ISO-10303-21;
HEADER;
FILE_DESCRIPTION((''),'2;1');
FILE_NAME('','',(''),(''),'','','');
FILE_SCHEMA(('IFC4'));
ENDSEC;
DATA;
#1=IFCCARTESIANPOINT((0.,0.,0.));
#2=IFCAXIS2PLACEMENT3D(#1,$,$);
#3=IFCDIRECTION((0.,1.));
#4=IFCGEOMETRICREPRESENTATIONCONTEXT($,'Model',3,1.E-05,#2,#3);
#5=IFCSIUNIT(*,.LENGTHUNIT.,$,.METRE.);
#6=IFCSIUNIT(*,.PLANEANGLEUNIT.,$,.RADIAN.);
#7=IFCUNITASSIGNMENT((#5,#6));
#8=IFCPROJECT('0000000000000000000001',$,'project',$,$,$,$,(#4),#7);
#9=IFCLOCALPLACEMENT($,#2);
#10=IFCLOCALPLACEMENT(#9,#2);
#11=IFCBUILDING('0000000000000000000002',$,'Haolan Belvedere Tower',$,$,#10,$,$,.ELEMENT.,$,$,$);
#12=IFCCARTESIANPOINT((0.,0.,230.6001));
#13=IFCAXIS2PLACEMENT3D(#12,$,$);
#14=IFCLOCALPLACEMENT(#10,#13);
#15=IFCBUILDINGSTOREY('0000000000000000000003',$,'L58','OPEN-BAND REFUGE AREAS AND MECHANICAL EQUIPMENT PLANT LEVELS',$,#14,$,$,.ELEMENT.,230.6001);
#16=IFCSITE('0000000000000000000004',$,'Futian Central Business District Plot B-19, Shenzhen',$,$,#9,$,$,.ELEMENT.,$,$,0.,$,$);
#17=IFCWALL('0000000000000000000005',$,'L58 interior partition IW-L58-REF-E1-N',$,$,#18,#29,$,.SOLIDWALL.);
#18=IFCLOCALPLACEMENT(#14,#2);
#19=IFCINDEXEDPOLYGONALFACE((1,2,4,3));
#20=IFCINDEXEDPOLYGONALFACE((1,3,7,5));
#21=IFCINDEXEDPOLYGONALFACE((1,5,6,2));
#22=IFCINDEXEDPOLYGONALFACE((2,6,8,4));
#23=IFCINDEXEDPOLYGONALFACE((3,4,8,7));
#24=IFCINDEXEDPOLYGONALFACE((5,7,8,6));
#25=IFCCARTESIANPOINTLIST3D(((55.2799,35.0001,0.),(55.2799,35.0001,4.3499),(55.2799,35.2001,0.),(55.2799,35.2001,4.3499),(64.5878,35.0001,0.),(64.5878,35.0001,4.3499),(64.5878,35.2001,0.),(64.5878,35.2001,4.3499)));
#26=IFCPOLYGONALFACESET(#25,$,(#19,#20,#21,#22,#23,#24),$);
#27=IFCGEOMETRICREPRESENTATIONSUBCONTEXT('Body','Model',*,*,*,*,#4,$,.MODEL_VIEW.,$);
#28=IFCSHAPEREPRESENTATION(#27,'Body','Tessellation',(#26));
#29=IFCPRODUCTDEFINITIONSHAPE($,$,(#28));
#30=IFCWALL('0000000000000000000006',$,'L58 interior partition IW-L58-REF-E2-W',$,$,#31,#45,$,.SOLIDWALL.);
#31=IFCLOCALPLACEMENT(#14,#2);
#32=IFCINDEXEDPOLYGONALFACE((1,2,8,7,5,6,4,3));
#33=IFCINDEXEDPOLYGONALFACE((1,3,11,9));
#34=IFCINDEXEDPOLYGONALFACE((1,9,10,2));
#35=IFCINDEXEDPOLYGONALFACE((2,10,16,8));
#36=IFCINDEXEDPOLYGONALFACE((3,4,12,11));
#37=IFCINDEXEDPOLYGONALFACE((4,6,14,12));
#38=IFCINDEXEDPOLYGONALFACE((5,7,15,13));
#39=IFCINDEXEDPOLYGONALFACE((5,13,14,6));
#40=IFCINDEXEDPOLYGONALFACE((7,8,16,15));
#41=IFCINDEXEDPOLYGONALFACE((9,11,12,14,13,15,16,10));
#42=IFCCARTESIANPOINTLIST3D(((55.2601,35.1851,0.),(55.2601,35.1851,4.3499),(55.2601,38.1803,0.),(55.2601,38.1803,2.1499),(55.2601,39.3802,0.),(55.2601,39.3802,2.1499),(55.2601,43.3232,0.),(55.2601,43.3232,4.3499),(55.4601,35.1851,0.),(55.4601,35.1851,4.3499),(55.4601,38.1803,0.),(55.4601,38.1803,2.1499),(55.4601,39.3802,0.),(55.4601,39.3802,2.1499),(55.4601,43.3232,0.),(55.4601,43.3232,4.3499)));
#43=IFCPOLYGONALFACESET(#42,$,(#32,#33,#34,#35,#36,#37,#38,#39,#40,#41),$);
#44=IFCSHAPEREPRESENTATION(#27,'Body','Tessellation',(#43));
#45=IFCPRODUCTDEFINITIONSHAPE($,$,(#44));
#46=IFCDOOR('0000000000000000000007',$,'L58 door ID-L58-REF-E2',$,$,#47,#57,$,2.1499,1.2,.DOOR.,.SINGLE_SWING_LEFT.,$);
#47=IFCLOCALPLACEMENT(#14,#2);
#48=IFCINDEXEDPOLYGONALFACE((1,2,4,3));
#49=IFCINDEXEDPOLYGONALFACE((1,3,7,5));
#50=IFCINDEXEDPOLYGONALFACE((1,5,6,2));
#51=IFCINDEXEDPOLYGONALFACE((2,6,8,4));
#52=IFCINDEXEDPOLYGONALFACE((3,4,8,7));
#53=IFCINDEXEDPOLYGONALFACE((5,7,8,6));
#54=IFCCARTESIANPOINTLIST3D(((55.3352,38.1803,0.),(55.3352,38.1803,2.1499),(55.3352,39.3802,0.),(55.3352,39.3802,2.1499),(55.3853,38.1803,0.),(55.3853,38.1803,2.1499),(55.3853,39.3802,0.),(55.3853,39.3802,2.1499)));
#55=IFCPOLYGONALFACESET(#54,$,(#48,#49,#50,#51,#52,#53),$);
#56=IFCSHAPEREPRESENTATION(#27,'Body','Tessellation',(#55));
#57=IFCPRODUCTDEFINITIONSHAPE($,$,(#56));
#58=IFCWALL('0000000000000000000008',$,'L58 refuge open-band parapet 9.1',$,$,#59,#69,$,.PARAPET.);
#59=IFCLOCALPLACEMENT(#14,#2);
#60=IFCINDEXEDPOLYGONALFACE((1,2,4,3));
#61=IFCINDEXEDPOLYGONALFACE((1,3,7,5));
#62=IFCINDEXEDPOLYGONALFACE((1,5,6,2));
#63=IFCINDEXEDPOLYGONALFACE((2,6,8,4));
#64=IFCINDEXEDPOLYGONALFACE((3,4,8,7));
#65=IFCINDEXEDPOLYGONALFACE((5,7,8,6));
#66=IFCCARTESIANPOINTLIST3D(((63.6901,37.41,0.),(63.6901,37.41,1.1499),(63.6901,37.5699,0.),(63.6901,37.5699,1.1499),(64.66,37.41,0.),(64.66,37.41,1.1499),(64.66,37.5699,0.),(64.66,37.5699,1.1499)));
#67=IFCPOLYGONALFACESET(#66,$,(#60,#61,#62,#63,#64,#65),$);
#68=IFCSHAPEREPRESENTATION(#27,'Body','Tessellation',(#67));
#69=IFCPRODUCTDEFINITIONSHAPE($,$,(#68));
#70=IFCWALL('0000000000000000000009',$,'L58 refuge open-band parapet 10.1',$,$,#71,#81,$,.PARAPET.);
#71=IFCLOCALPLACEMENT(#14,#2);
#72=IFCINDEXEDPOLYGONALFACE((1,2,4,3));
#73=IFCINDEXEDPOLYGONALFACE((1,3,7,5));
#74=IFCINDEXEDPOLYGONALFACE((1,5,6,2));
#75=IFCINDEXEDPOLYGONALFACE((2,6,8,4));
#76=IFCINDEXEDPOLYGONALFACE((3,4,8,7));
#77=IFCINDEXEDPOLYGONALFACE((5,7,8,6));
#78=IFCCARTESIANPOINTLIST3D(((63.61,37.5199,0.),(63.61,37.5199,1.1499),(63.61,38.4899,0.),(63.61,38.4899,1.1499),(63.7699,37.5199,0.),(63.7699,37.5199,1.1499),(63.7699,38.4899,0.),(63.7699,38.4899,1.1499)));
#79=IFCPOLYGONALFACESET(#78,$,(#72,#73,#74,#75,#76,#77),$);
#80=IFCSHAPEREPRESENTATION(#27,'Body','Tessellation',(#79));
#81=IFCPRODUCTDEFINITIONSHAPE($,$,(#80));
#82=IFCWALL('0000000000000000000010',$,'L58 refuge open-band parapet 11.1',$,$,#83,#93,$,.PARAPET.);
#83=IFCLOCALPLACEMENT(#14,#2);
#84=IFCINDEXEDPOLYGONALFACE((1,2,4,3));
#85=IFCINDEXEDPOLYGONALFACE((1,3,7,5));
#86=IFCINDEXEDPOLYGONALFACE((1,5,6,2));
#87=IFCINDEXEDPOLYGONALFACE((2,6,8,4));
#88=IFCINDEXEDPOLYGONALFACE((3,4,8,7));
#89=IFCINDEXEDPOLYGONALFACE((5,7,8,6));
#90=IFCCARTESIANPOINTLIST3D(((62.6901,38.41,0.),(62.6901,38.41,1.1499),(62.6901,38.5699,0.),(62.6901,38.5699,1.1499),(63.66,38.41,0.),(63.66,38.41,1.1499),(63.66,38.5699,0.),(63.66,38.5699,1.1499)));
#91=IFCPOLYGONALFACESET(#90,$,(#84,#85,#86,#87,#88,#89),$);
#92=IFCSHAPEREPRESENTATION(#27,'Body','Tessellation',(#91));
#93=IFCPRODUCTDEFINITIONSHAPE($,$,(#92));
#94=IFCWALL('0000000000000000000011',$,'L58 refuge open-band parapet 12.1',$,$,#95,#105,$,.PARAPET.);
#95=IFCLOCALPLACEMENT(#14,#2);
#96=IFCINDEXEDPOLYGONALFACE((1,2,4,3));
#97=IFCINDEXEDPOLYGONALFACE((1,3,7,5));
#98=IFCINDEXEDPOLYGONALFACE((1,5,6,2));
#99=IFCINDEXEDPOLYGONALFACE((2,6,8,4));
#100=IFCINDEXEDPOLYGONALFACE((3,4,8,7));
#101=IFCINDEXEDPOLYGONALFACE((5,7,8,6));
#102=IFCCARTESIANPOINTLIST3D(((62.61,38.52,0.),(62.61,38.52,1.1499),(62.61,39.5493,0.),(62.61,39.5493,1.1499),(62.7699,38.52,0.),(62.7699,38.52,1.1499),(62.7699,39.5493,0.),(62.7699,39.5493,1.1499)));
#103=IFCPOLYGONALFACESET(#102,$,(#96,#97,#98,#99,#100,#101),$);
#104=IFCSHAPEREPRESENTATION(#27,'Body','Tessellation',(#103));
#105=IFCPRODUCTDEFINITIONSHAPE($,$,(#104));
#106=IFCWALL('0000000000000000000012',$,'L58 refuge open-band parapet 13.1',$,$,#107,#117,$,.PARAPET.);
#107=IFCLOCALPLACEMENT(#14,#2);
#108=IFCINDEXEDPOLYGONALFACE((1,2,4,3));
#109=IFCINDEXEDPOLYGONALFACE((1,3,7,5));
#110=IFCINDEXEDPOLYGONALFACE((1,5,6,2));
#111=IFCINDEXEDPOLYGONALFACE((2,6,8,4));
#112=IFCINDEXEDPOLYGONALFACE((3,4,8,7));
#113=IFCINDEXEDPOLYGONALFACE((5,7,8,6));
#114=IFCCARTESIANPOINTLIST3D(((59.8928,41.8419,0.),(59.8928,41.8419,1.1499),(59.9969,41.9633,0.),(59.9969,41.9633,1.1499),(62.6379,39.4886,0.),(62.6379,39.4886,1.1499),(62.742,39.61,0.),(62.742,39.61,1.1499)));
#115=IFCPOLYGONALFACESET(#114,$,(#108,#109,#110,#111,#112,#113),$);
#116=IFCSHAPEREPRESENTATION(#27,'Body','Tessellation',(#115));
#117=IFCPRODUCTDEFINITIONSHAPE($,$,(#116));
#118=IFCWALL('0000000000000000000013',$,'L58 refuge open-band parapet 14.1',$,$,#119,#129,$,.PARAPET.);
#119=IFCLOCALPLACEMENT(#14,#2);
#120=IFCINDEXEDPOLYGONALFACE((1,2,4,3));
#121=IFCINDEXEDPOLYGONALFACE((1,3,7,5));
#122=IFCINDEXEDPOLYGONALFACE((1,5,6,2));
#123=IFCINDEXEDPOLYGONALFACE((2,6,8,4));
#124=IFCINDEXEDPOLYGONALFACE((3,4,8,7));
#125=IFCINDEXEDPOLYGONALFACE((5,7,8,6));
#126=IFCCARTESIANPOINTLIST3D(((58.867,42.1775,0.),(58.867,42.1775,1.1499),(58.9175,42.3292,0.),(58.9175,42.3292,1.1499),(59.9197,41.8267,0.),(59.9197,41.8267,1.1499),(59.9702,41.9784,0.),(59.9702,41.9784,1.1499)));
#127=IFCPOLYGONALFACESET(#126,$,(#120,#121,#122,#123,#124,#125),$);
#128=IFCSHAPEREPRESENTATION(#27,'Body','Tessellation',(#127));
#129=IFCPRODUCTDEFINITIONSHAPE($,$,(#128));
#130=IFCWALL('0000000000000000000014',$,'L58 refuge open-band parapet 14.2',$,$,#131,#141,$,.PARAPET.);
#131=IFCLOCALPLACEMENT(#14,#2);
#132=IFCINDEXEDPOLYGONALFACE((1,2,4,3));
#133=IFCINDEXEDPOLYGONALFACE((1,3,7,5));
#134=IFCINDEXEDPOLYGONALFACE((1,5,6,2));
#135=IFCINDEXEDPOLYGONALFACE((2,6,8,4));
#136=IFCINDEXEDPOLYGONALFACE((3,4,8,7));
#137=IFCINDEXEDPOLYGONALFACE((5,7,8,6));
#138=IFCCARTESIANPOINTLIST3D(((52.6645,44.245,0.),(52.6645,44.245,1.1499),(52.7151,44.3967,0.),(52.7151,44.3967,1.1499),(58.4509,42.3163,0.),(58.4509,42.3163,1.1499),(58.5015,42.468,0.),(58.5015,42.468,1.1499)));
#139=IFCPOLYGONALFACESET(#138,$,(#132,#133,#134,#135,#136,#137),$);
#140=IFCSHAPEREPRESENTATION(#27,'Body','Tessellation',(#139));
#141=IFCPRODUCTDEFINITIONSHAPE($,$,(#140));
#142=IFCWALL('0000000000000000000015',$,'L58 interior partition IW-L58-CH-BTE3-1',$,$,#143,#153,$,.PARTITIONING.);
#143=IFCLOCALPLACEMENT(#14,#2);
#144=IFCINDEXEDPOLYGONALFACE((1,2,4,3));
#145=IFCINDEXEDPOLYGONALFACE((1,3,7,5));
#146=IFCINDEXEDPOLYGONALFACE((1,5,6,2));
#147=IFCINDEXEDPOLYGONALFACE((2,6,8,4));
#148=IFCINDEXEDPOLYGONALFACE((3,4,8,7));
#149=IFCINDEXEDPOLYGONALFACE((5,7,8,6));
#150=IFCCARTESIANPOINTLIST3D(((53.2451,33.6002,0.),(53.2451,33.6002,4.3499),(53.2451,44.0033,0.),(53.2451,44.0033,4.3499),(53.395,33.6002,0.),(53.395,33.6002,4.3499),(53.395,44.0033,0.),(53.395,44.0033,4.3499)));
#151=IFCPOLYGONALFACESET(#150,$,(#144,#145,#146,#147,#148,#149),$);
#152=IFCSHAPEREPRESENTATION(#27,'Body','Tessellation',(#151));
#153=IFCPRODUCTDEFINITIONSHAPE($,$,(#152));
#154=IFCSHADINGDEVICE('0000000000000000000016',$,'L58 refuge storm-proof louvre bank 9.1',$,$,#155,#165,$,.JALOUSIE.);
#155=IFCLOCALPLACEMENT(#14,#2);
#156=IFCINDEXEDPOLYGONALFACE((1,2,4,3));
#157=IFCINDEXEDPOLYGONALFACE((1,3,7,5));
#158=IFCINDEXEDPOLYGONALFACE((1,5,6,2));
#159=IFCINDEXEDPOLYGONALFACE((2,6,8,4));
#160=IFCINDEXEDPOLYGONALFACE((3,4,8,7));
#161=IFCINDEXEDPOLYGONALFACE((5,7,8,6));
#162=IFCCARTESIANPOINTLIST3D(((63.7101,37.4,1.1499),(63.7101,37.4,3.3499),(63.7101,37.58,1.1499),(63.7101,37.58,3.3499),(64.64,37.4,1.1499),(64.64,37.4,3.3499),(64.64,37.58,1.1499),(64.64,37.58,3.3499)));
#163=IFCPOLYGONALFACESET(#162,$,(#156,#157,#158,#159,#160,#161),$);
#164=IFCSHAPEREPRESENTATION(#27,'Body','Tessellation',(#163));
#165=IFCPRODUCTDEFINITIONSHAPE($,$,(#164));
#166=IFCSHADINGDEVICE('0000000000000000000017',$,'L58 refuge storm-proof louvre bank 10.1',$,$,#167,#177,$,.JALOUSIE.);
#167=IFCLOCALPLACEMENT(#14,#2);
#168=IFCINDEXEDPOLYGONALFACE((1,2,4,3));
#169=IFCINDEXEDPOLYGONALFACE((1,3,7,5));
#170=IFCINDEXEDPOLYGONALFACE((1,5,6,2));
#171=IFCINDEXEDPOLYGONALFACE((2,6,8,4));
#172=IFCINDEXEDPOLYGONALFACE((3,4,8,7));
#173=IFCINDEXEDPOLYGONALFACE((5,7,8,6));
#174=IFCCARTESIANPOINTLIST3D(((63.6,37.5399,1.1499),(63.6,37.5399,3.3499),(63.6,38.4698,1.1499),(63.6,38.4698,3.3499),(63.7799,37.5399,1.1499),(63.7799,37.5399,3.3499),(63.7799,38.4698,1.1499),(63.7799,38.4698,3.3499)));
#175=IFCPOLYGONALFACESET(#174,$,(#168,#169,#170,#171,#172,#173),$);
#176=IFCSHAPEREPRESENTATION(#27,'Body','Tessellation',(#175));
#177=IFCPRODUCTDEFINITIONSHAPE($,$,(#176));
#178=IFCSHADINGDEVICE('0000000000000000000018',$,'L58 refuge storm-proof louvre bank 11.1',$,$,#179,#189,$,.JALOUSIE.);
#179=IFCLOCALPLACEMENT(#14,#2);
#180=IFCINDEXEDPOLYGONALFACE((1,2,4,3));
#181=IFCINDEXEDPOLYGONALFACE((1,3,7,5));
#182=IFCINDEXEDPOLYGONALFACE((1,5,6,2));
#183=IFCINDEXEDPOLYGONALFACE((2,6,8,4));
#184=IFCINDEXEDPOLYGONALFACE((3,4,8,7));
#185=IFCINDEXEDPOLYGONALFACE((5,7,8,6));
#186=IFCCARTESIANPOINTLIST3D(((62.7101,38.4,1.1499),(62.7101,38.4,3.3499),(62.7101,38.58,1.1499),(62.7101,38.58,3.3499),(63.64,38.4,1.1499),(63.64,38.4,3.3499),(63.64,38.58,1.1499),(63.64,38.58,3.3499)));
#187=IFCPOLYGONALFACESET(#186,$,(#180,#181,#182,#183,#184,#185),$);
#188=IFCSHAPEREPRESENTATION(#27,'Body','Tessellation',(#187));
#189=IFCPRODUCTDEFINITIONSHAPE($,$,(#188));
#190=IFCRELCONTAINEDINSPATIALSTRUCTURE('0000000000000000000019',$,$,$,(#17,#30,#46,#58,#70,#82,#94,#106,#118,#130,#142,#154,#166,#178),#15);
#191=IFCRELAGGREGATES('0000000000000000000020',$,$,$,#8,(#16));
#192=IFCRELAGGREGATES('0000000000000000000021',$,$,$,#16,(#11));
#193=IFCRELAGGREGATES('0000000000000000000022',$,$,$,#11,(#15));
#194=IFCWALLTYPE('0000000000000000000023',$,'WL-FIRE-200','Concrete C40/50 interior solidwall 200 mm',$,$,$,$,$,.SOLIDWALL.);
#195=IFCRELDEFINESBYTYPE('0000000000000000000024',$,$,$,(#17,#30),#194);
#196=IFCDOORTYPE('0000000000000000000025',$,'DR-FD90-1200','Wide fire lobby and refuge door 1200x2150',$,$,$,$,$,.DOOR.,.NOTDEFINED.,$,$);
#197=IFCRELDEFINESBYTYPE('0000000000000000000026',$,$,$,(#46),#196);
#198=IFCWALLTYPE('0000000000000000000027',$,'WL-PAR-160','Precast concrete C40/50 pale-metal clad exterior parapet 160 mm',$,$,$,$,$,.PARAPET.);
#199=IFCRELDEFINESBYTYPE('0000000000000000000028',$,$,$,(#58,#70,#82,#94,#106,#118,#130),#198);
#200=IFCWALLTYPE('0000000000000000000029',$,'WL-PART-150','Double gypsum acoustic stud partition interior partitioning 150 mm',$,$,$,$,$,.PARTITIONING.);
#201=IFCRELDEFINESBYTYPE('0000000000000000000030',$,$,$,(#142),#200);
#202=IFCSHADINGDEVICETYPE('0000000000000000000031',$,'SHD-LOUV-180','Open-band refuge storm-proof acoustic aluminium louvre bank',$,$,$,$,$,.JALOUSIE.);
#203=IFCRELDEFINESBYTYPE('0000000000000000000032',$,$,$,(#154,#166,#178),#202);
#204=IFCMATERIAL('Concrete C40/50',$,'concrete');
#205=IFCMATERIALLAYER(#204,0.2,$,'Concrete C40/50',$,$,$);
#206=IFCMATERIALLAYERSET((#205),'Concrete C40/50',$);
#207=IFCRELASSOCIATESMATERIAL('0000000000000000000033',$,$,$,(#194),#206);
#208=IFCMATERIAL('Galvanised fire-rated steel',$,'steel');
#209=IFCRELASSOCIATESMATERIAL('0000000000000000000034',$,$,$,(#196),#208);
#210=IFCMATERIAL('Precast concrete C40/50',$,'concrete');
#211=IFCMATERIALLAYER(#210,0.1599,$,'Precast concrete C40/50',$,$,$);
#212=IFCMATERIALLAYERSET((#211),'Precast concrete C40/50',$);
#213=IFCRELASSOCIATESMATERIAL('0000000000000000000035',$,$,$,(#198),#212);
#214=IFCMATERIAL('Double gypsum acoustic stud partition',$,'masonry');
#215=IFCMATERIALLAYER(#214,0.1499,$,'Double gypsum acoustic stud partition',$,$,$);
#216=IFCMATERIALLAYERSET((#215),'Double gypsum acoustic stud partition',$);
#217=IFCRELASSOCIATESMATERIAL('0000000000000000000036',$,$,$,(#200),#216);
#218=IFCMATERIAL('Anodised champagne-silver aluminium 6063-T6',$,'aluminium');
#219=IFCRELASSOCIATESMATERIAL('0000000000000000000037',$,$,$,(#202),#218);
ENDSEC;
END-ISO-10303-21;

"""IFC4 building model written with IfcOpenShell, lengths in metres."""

from ifc_helpers import new_model, si_unit, direction, frame, frame_2d, origin, origin_2d, place, context, subcontext, project, spatial, rectangle, extrude, material, layer, layer_set, type_object, element, fill, save


model = new_model("IFC4")

# Units and contexts
model_context = context("Model", 3, precision=1e-05, world=origin(), true_north=direction((0.0, 1.0)))
body_context = subcontext(model_context, "Body", "Model", "MODEL_VIEW")
ifc_project = project(units=[si_unit("LENGTHUNIT", "METRE"), si_unit("PLANEANGLEUNIT", "RADIAN")], contexts=[model_context])

# Site, building, storey
site_placement = place(None, origin())
site = spatial("IfcSite", under=ifc_project, at=site_placement, Name="Futian Central Business District Plot B-19, Shenzhen", CompositionType="ELEMENT", RefElevation=0.0)
building_placement = place(site_placement, origin())
building = spatial("IfcBuilding", under=site, at=building_placement, Name="Haolan Belvedere Tower", CompositionType="ELEMENT")
storey_placement = place(building_placement, frame((0.0, 0.0, 230.6001)))
storey = spatial("IfcBuildingStorey", under=building, at=storey_placement, Name="L58", Description="OPEN-BAND REFUGE AREAS AND MECHANICAL EQUIPMENT PLANT LEVELS", CompositionType="ELEMENT", Elevation=230.6001)

# Wall
ifc_material_1 = material(Name="Concrete C40/50", Category="concrete")
ifc_layer_1 = layer(ifc_material_1, 0.2, Name="Concrete C40/50")
ifc_layer_set_1 = layer_set([ifc_layer_1], Name="Concrete C40/50")
wall_type_1 = type_object("IfcWallType", Name="WL-FIRE-200", Description="Concrete C40/50 interior solidwall 200 mm", PredefinedType="SOLIDWALL", material=ifc_layer_set_1)
wall_1_placement = place(storey_placement, frame((55.28, 35.1001, 0.0), z_axis=(0.0, 0.0, 1.0), x_axis=(1.0, 0.0, 0.0)))
element("IfcWall", 1, at=wall_1_placement, inside=storey, type_object=wall_type_1, Name="L58 interior partition IW-L58-REF-E1-N", PredefinedType="SOLIDWALL", context=body_context, shape_type="SweptSolid", body=[
    extrude(rectangle(XDim=9.3079, YDim=0.2, at=frame_2d((4.6538, 0.0))), origin(), (0.0, 0.0, 1.0), 4.3499),
])

# Wall, opening, door
wall_2_placement = place(storey_placement, frame((55.3601, 35.1851, 0.0), z_axis=(0.0, 0.0, 1.0), x_axis=(0.0, 1.0, 0.0)))
wall_2 = element("IfcWall", 2, at=wall_2_placement, inside=storey, type_object=wall_type_1, Name="L58 interior partition IW-L58-REF-E2-W", PredefinedType="SOLIDWALL", context=body_context, shape_type="SweptSolid", body=[
    extrude(rectangle(XDim=8.1382, YDim=0.2, at=frame_2d((4.0691, 0.0))), origin(), (0.0, 0.0, 1.0), 4.3499),
])
opening_placement = place(wall_2_placement, frame((2.9951, 0.0, 0.0)))
opening = element("IfcOpeningElement", 3, at=opening_placement, cuts=wall_2, PredefinedType="OPENING", context=body_context, shape_type="SweptSolid", body=[
    extrude(rectangle(XDim=1.2, YDim=2.1499, at=frame_2d((0.6001, 1.075))), frame((0.0, 0.1099, 0.0), z_axis=(0.0, -1.0, 0.0), x_axis=(1.0, 0.0, 0.0)), (0.0, 0.0, 1.0), 0.22),
])
ifc_material_2 = material(Name="Galvanised fire-rated steel", Category="steel")
door_type = type_object("IfcDoorType", Name="DR-FD90-1200", Description="Wide fire lobby and refuge door 1200x2150", OperationType="NOTDEFINED", PredefinedType="DOOR", material=ifc_material_2)
door_placement = place(opening_placement, origin())
door = element("IfcDoor", 4, at=door_placement, inside=storey, type_object=door_type, Name="L58 door ID-L58-REF-E2", OperationType="SINGLE_SWING_LEFT", OverallHeight=2.1499, OverallWidth=1.2, PredefinedType="DOOR", context=body_context, shape_type="SweptSolid", body=[
    extrude(rectangle(XDim=1.2, YDim=2.1499, at=frame_2d((0.6001, 1.075))), frame((0.0, 0.0249, 0.0), z_axis=(0.0, -1.0, 0.0), x_axis=(1.0, 0.0, 0.0)), (0.0, 0.0, 1.0), 0.05),
])
fill(opening, door)

# Walls
ifc_material_3 = material(Name="Precast concrete C40/50", Category="concrete")
ifc_layer_2 = layer(ifc_material_3, 0.1599, Name="Precast concrete C40/50")
ifc_layer_set_2 = layer_set([ifc_layer_2], Name="Precast concrete C40/50")
wall_type_2 = type_object("IfcWallType", Name="WL-PAR-160", Description="Precast concrete C40/50 pale-metal clad exterior parapet 160 mm", PredefinedType="PARAPET", material=ifc_layer_set_2)
for number, where, z_axis, x_axis, name in (
    (5, (64.6599, 37.49, 0.0), (0.0, 0.0, 1.0), (-1.0, 0.0, 0.0), "L58 refuge open-band parapet 9.1"),
    (6, (63.6899, 37.52, 0.0), (0.0, 0.0, 1.0), (0.0, 1.0, 0.0), "L58 refuge open-band parapet 10.1"),
    (7, (63.6599, 38.49, 0.0), (0.0, 0.0, 1.0), (-1.0, 0.0, 0.0), "L58 refuge open-band parapet 11.1"),
):
    element("IfcWall", number, at=place(storey_placement, frame(where, z_axis=z_axis, x_axis=x_axis)), inside=storey, type_object=wall_type_2, Name=name, PredefinedType="PARAPET", context=body_context, shape_type="SweptSolid", body=[
        extrude(rectangle(XDim=0.97, YDim=0.1599, at=frame_2d((0.4849, 0.0))), origin(), (0.0, 0.0, 1.0), 1.1499),
    ])
wall_3_placement = place(storey_placement, frame((62.6899, 38.52, 0.0), z_axis=(0.0, 0.0, 1.0), x_axis=(0.0, 1.0, 0.0)))
element("IfcWall", 8, at=wall_3_placement, inside=storey, type_object=wall_type_2, Name="L58 refuge open-band parapet 12.1", PredefinedType="PARAPET", context=body_context, shape_type="SweptSolid", body=[
    extrude(rectangle(XDim=1.0293, YDim=0.1599, at=frame_2d((0.5146, 0.0))), origin(), (0.0, 0.0, 1.0), 1.1499),
])
wall_4_placement = place(storey_placement, frame((62.6899, 39.5493, 0.0), z_axis=(0.0, 0.0, 1.0), x_axis=(-0.759214, 0.650841, 0.0)))
element("IfcWall", 9, at=wall_4_placement, inside=storey, type_object=wall_type_2, Name="L58 refuge open-band parapet 13.1", PredefinedType="PARAPET", context=body_context, shape_type="SweptSolid", body=[
    extrude(rectangle(XDim=3.6157, YDim=0.1599, at=frame_2d((1.8079, 0.0))), origin(), (0.0, 0.0, 1.0), 1.1499),
])
wall_5_placement = place(storey_placement, frame((59.9448, 41.9026, 0.0), z_axis=(0.0, 0.0, 1.0), x_axis=(-0.948705, 0.316162, 0.0)))
element("IfcWall", 10, at=wall_5_placement, inside=storey, type_object=wall_type_2, Name="L58 refuge open-band parapet 14.1", PredefinedType="PARAPET", context=body_context, shape_type="SweptSolid", body=[
    extrude(rectangle(XDim=1.1096, YDim=0.1599, at=frame_2d((0.5547, 0.0))), origin(), (0.0, 0.0, 1.0), 1.1499),
])
wall_6_placement = place(storey_placement, frame((58.4763, 42.3921, 0.0), z_axis=(0.0, 0.0, 1.0), x_axis=(-0.948687, 0.316216, 0.0)))
element("IfcWall", 11, at=wall_6_placement, inside=storey, type_object=wall_type_2, Name="L58 refuge open-band parapet 14.2", PredefinedType="PARAPET", context=body_context, shape_type="SweptSolid", body=[
    extrude(rectangle(XDim=6.0994, YDim=0.1599, at=frame_2d((3.0498, 0.0))), origin(), (0.0, 0.0, 1.0), 1.1499),
])
ifc_material_4 = material(Name="Double gypsum acoustic stud partition", Category="masonry")
ifc_layer_3 = layer(ifc_material_4, 0.1499, Name="Double gypsum acoustic stud partition")
ifc_layer_set_3 = layer_set([ifc_layer_3], Name="Double gypsum acoustic stud partition")
wall_type_3 = type_object("IfcWallType", Name="WL-PART-150", Description="Double gypsum acoustic stud partition interior partitioning 150 mm", PredefinedType="PARTITIONING", material=ifc_layer_set_3)
wall_7_placement = place(storey_placement, frame((53.3201, 33.6001, 0.0), z_axis=(0.0, 0.0, 1.0), x_axis=(0.0, 1.0, 0.0)))
element("IfcWall", 12, at=wall_7_placement, inside=storey, type_object=wall_type_3, Name="L58 interior partition IW-L58-CH-BTE3-1", PredefinedType="PARTITIONING", context=body_context, shape_type="SweptSolid", body=[
    extrude(rectangle(XDim=10.4031, YDim=0.1499, at=frame_2d((5.2017, 0.0))), origin(), (0.0, 0.0, 1.0), 4.3499),
])

# Shading devices
ifc_material_5 = material(Name="Anodised champagne-silver aluminium 6063-T6", Category="aluminium")
shading_device_type = type_object("IfcShadingDeviceType", Name="SHD-LOUV-180", Description="Open-band refuge storm-proof acoustic aluminium louvre bank", PredefinedType="JALOUSIE", material=ifc_material_5)
for number, where, z_axis, x_axis, name in (
    (13, (64.175, 37.49, 1.1499), (0.0, 0.0, 1.0), (-1.0, 0.0, 0.0), "L58 refuge storm-proof louvre bank 9.1"),
    (14, (63.6899, 38.0049, 1.1499), (0.0, 0.0, 1.0), (0.0, 1.0, 0.0), "L58 refuge storm-proof louvre bank 10.1"),
    (15, (63.175, 38.49, 1.1499), (0.0, 0.0, 1.0), (-1.0, 0.0, 0.0), "L58 refuge storm-proof louvre bank 11.1"),
):
    element("IfcShadingDevice", number, at=place(storey_placement, frame(where, z_axis=z_axis, x_axis=x_axis)), inside=storey, type_object=shading_device_type, Name=name, PredefinedType="JALOUSIE", context=body_context, shape_type="SweptSolid", body=[
        extrude(rectangle(XDim=0.9299, YDim=0.1799, at=origin_2d()), origin(), (0.0, 0.0, 1.0), 2.2),
    ])

save(model, "model.ifc")
